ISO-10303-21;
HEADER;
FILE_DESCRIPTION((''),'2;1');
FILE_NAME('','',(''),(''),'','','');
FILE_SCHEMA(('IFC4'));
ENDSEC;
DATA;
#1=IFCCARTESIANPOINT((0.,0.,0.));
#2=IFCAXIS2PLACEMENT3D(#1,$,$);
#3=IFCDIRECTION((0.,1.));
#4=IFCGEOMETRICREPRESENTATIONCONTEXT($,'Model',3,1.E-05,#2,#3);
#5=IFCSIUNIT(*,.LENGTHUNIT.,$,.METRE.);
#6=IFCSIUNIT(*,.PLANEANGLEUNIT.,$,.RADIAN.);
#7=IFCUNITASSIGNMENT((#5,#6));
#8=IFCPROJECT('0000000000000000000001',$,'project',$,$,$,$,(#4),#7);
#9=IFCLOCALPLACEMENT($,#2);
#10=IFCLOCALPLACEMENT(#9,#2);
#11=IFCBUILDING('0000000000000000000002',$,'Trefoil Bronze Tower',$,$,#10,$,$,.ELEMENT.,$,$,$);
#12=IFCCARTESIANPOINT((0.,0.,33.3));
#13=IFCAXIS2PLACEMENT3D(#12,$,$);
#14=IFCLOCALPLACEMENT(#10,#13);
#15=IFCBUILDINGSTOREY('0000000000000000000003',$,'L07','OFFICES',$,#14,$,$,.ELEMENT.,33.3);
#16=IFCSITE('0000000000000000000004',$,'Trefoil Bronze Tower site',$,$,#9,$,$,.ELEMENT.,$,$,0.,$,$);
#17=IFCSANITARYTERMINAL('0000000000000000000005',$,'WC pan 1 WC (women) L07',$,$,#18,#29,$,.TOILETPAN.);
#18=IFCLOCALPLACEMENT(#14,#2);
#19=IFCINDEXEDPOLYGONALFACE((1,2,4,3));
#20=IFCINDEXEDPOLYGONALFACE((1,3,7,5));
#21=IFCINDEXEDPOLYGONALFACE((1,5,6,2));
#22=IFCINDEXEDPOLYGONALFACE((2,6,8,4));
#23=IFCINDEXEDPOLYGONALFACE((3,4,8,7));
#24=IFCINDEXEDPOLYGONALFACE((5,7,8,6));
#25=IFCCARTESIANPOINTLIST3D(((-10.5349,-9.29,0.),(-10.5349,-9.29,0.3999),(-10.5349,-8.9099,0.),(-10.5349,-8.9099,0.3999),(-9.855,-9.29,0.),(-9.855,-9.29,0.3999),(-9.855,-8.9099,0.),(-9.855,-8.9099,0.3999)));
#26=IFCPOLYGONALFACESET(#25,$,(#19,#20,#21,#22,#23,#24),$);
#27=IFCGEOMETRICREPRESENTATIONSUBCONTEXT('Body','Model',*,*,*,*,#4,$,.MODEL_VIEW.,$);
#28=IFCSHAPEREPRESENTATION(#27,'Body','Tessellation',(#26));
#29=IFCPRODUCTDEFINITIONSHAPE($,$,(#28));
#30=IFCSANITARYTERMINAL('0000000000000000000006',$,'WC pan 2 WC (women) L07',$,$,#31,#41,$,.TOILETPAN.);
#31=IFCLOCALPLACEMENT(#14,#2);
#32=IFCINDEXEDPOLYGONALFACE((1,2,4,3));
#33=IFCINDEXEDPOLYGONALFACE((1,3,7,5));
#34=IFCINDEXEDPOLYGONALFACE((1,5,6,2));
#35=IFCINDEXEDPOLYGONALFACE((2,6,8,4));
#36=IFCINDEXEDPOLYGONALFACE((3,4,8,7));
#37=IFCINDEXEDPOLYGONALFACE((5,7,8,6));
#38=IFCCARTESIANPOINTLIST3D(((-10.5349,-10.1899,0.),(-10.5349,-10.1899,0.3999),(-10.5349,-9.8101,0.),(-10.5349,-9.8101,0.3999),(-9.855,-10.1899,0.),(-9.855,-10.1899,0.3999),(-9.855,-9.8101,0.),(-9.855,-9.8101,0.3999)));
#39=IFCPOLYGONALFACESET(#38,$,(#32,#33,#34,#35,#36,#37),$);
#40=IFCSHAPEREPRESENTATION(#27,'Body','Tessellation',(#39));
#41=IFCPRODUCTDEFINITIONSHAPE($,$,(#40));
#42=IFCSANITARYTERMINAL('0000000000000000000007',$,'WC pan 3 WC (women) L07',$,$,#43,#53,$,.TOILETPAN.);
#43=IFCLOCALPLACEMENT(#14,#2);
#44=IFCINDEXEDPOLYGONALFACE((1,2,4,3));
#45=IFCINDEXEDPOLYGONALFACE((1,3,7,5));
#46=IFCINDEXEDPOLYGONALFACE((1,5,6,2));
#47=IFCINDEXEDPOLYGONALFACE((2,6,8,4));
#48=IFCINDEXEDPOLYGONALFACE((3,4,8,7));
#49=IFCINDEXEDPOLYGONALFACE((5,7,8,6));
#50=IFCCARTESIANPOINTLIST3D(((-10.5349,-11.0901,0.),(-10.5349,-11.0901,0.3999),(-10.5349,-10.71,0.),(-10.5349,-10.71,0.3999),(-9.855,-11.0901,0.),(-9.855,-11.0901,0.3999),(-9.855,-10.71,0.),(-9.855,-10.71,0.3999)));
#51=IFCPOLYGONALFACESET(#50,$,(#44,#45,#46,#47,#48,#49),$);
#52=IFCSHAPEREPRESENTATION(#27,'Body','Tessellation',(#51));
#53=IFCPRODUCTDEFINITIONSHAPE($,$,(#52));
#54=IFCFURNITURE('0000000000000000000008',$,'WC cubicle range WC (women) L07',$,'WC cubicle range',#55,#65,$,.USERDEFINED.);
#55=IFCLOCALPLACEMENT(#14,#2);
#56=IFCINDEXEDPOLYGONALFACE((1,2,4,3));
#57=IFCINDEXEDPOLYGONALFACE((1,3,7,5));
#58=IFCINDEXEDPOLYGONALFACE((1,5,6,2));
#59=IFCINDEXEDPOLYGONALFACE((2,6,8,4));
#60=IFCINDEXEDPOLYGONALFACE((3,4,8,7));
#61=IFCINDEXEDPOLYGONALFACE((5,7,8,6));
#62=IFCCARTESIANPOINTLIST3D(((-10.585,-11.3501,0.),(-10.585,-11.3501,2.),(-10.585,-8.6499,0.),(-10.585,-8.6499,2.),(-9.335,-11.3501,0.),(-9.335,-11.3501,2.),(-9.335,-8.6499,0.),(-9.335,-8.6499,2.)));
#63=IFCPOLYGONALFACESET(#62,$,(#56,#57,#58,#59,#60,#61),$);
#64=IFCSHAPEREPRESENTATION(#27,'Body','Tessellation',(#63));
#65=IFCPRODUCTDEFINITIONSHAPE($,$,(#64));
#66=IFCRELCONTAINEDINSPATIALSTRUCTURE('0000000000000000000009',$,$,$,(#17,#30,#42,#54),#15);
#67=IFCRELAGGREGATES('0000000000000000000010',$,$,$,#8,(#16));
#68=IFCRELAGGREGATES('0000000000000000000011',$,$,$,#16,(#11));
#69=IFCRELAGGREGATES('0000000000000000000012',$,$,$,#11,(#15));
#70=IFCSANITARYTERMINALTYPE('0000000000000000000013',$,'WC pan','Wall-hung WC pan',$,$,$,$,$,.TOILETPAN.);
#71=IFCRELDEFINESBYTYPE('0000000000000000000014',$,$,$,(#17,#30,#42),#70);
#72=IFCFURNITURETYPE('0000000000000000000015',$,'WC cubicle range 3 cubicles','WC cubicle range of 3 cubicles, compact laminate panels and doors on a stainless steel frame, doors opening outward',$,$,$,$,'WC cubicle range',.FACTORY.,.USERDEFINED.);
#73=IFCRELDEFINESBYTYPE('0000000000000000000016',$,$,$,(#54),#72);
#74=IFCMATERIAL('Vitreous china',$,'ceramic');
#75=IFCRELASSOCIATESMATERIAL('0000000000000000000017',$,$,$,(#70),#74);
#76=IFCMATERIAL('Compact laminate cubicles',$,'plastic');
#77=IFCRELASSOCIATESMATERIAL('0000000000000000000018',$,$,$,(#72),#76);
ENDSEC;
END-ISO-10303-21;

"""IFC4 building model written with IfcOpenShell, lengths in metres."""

from ifc_helpers import new_model, si_unit, direction, frame, origin, place, context, subcontext, project, spatial, polyline, outline, extrude, material, type_object, element, save


model = new_model("IFC4")

# Units and contexts
model_context = context("Model", 3, precision=1e-05, world=origin(), true_north=direction((0.0, 1.0)))
body_context = subcontext(model_context, "Body", "Model", "MODEL_VIEW")
ifc_project = project(units=[si_unit("LENGTHUNIT", "METRE"), si_unit("PLANEANGLEUNIT", "RADIAN")], contexts=[model_context])

# Site, building, storey
site_placement = place(None, origin())
site = spatial("IfcSite", under=ifc_project, at=site_placement, Name="Trefoil Bronze Tower site", CompositionType="ELEMENT", RefElevation=0.0)
building_placement = place(site_placement, origin())
building = spatial("IfcBuilding", under=site, at=building_placement, Name="Trefoil Bronze Tower", CompositionType="ELEMENT")
storey_placement = place(building_placement, frame((0.0, 0.0, 33.3)))
storey = spatial("IfcBuildingStorey", under=building, at=storey_placement, Name="L07", Description="OFFICES", CompositionType="ELEMENT", Elevation=33.3)

# Sanitary terminals
ifc_material_1 = material(Name="Vitreous china", Category="ceramic")
sanitary_terminal_type_1 = type_object("IfcSanitaryTerminalType", Name="WC pan", Description="Wall-hung WC pan", PredefinedType="TOILETPAN", material=ifc_material_1)
sanitary_terminal_1_placement = place(storey_placement, origin())
element("IfcSanitaryTerminal", 1, at=sanitary_terminal_1_placement, inside=storey, type_object=sanitary_terminal_type_1, Name="WC pan 1 WC (women) L07", PredefinedType="TOILETPAN", context=body_context, shape_type="SweptSolid", body=[
    extrude(outline(polyline([(-9.855, -8.9099), (-10.5349, -8.9099), (-10.5349, -9.29), (-9.855, -9.29), (-9.855, -8.9099)])), origin(), (0.0, 0.0, 1.0), 0.3999),
])
sanitary_terminal_2_placement = place(storey_placement, origin())
element("IfcSanitaryTerminal", 2, at=sanitary_terminal_2_placement, inside=storey, type_object=sanitary_terminal_type_1, Name="WC pan 2 WC (women) L07", PredefinedType="TOILETPAN", context=body_context, shape_type="SweptSolid", body=[
    extrude(outline(polyline([(-9.855, -9.8101), (-10.5349, -9.8101), (-10.5349, -10.1899), (-9.855, -10.1899), (-9.855, -9.8101)])), origin(), (0.0, 0.0, 1.0), 0.3999),
])
sanitary_terminal_3_placement = place(storey_placement, origin())
element("IfcSanitaryTerminal", 3, at=sanitary_terminal_3_placement, inside=storey, type_object=sanitary_terminal_type_1, Name="WC pan 3 WC (women) L07", PredefinedType="TOILETPAN", context=body_context, shape_type="SweptSolid", body=[
    extrude(outline(polyline([(-9.855, -10.71), (-10.5349, -10.71), (-10.5349, -11.0901), (-9.855, -11.0901), (-9.855, -10.71)])), origin(), (0.0, 0.0, 1.0), 0.3999),
])

# Furniture
ifc_material_2 = material(Name="Compact laminate cubicles", Category="plastic")
furniture_type = type_object("IfcFurnitureType", Name="WC cubicle range 3 cubicles", Description="WC cubicle range of 3 cubicles, compact laminate panels and doors on a stainless steel frame, doors opening outward", ElementType="WC cubicle range", AssemblyPlace="FACTORY", PredefinedType="USERDEFINED", material=ifc_material_2)
furniture_placement = place(storey_placement, origin())
element("IfcFurniture", 4, at=furniture_placement, inside=storey, type_object=furniture_type, Name="WC cubicle range WC (women) L07", ObjectType="WC cubicle range", PredefinedType="USERDEFINED", context=body_context, shape_type="SweptSolid", body=[
    extrude(outline(polyline([(-9.335, -8.6499), (-10.585, -8.6499), (-10.585, -11.3501), (-9.335, -11.3501), (-9.335, -8.6499)])), origin(), (0.0, 0.0, 1.0), 2.0),
])

save(model, "model.ifc")
